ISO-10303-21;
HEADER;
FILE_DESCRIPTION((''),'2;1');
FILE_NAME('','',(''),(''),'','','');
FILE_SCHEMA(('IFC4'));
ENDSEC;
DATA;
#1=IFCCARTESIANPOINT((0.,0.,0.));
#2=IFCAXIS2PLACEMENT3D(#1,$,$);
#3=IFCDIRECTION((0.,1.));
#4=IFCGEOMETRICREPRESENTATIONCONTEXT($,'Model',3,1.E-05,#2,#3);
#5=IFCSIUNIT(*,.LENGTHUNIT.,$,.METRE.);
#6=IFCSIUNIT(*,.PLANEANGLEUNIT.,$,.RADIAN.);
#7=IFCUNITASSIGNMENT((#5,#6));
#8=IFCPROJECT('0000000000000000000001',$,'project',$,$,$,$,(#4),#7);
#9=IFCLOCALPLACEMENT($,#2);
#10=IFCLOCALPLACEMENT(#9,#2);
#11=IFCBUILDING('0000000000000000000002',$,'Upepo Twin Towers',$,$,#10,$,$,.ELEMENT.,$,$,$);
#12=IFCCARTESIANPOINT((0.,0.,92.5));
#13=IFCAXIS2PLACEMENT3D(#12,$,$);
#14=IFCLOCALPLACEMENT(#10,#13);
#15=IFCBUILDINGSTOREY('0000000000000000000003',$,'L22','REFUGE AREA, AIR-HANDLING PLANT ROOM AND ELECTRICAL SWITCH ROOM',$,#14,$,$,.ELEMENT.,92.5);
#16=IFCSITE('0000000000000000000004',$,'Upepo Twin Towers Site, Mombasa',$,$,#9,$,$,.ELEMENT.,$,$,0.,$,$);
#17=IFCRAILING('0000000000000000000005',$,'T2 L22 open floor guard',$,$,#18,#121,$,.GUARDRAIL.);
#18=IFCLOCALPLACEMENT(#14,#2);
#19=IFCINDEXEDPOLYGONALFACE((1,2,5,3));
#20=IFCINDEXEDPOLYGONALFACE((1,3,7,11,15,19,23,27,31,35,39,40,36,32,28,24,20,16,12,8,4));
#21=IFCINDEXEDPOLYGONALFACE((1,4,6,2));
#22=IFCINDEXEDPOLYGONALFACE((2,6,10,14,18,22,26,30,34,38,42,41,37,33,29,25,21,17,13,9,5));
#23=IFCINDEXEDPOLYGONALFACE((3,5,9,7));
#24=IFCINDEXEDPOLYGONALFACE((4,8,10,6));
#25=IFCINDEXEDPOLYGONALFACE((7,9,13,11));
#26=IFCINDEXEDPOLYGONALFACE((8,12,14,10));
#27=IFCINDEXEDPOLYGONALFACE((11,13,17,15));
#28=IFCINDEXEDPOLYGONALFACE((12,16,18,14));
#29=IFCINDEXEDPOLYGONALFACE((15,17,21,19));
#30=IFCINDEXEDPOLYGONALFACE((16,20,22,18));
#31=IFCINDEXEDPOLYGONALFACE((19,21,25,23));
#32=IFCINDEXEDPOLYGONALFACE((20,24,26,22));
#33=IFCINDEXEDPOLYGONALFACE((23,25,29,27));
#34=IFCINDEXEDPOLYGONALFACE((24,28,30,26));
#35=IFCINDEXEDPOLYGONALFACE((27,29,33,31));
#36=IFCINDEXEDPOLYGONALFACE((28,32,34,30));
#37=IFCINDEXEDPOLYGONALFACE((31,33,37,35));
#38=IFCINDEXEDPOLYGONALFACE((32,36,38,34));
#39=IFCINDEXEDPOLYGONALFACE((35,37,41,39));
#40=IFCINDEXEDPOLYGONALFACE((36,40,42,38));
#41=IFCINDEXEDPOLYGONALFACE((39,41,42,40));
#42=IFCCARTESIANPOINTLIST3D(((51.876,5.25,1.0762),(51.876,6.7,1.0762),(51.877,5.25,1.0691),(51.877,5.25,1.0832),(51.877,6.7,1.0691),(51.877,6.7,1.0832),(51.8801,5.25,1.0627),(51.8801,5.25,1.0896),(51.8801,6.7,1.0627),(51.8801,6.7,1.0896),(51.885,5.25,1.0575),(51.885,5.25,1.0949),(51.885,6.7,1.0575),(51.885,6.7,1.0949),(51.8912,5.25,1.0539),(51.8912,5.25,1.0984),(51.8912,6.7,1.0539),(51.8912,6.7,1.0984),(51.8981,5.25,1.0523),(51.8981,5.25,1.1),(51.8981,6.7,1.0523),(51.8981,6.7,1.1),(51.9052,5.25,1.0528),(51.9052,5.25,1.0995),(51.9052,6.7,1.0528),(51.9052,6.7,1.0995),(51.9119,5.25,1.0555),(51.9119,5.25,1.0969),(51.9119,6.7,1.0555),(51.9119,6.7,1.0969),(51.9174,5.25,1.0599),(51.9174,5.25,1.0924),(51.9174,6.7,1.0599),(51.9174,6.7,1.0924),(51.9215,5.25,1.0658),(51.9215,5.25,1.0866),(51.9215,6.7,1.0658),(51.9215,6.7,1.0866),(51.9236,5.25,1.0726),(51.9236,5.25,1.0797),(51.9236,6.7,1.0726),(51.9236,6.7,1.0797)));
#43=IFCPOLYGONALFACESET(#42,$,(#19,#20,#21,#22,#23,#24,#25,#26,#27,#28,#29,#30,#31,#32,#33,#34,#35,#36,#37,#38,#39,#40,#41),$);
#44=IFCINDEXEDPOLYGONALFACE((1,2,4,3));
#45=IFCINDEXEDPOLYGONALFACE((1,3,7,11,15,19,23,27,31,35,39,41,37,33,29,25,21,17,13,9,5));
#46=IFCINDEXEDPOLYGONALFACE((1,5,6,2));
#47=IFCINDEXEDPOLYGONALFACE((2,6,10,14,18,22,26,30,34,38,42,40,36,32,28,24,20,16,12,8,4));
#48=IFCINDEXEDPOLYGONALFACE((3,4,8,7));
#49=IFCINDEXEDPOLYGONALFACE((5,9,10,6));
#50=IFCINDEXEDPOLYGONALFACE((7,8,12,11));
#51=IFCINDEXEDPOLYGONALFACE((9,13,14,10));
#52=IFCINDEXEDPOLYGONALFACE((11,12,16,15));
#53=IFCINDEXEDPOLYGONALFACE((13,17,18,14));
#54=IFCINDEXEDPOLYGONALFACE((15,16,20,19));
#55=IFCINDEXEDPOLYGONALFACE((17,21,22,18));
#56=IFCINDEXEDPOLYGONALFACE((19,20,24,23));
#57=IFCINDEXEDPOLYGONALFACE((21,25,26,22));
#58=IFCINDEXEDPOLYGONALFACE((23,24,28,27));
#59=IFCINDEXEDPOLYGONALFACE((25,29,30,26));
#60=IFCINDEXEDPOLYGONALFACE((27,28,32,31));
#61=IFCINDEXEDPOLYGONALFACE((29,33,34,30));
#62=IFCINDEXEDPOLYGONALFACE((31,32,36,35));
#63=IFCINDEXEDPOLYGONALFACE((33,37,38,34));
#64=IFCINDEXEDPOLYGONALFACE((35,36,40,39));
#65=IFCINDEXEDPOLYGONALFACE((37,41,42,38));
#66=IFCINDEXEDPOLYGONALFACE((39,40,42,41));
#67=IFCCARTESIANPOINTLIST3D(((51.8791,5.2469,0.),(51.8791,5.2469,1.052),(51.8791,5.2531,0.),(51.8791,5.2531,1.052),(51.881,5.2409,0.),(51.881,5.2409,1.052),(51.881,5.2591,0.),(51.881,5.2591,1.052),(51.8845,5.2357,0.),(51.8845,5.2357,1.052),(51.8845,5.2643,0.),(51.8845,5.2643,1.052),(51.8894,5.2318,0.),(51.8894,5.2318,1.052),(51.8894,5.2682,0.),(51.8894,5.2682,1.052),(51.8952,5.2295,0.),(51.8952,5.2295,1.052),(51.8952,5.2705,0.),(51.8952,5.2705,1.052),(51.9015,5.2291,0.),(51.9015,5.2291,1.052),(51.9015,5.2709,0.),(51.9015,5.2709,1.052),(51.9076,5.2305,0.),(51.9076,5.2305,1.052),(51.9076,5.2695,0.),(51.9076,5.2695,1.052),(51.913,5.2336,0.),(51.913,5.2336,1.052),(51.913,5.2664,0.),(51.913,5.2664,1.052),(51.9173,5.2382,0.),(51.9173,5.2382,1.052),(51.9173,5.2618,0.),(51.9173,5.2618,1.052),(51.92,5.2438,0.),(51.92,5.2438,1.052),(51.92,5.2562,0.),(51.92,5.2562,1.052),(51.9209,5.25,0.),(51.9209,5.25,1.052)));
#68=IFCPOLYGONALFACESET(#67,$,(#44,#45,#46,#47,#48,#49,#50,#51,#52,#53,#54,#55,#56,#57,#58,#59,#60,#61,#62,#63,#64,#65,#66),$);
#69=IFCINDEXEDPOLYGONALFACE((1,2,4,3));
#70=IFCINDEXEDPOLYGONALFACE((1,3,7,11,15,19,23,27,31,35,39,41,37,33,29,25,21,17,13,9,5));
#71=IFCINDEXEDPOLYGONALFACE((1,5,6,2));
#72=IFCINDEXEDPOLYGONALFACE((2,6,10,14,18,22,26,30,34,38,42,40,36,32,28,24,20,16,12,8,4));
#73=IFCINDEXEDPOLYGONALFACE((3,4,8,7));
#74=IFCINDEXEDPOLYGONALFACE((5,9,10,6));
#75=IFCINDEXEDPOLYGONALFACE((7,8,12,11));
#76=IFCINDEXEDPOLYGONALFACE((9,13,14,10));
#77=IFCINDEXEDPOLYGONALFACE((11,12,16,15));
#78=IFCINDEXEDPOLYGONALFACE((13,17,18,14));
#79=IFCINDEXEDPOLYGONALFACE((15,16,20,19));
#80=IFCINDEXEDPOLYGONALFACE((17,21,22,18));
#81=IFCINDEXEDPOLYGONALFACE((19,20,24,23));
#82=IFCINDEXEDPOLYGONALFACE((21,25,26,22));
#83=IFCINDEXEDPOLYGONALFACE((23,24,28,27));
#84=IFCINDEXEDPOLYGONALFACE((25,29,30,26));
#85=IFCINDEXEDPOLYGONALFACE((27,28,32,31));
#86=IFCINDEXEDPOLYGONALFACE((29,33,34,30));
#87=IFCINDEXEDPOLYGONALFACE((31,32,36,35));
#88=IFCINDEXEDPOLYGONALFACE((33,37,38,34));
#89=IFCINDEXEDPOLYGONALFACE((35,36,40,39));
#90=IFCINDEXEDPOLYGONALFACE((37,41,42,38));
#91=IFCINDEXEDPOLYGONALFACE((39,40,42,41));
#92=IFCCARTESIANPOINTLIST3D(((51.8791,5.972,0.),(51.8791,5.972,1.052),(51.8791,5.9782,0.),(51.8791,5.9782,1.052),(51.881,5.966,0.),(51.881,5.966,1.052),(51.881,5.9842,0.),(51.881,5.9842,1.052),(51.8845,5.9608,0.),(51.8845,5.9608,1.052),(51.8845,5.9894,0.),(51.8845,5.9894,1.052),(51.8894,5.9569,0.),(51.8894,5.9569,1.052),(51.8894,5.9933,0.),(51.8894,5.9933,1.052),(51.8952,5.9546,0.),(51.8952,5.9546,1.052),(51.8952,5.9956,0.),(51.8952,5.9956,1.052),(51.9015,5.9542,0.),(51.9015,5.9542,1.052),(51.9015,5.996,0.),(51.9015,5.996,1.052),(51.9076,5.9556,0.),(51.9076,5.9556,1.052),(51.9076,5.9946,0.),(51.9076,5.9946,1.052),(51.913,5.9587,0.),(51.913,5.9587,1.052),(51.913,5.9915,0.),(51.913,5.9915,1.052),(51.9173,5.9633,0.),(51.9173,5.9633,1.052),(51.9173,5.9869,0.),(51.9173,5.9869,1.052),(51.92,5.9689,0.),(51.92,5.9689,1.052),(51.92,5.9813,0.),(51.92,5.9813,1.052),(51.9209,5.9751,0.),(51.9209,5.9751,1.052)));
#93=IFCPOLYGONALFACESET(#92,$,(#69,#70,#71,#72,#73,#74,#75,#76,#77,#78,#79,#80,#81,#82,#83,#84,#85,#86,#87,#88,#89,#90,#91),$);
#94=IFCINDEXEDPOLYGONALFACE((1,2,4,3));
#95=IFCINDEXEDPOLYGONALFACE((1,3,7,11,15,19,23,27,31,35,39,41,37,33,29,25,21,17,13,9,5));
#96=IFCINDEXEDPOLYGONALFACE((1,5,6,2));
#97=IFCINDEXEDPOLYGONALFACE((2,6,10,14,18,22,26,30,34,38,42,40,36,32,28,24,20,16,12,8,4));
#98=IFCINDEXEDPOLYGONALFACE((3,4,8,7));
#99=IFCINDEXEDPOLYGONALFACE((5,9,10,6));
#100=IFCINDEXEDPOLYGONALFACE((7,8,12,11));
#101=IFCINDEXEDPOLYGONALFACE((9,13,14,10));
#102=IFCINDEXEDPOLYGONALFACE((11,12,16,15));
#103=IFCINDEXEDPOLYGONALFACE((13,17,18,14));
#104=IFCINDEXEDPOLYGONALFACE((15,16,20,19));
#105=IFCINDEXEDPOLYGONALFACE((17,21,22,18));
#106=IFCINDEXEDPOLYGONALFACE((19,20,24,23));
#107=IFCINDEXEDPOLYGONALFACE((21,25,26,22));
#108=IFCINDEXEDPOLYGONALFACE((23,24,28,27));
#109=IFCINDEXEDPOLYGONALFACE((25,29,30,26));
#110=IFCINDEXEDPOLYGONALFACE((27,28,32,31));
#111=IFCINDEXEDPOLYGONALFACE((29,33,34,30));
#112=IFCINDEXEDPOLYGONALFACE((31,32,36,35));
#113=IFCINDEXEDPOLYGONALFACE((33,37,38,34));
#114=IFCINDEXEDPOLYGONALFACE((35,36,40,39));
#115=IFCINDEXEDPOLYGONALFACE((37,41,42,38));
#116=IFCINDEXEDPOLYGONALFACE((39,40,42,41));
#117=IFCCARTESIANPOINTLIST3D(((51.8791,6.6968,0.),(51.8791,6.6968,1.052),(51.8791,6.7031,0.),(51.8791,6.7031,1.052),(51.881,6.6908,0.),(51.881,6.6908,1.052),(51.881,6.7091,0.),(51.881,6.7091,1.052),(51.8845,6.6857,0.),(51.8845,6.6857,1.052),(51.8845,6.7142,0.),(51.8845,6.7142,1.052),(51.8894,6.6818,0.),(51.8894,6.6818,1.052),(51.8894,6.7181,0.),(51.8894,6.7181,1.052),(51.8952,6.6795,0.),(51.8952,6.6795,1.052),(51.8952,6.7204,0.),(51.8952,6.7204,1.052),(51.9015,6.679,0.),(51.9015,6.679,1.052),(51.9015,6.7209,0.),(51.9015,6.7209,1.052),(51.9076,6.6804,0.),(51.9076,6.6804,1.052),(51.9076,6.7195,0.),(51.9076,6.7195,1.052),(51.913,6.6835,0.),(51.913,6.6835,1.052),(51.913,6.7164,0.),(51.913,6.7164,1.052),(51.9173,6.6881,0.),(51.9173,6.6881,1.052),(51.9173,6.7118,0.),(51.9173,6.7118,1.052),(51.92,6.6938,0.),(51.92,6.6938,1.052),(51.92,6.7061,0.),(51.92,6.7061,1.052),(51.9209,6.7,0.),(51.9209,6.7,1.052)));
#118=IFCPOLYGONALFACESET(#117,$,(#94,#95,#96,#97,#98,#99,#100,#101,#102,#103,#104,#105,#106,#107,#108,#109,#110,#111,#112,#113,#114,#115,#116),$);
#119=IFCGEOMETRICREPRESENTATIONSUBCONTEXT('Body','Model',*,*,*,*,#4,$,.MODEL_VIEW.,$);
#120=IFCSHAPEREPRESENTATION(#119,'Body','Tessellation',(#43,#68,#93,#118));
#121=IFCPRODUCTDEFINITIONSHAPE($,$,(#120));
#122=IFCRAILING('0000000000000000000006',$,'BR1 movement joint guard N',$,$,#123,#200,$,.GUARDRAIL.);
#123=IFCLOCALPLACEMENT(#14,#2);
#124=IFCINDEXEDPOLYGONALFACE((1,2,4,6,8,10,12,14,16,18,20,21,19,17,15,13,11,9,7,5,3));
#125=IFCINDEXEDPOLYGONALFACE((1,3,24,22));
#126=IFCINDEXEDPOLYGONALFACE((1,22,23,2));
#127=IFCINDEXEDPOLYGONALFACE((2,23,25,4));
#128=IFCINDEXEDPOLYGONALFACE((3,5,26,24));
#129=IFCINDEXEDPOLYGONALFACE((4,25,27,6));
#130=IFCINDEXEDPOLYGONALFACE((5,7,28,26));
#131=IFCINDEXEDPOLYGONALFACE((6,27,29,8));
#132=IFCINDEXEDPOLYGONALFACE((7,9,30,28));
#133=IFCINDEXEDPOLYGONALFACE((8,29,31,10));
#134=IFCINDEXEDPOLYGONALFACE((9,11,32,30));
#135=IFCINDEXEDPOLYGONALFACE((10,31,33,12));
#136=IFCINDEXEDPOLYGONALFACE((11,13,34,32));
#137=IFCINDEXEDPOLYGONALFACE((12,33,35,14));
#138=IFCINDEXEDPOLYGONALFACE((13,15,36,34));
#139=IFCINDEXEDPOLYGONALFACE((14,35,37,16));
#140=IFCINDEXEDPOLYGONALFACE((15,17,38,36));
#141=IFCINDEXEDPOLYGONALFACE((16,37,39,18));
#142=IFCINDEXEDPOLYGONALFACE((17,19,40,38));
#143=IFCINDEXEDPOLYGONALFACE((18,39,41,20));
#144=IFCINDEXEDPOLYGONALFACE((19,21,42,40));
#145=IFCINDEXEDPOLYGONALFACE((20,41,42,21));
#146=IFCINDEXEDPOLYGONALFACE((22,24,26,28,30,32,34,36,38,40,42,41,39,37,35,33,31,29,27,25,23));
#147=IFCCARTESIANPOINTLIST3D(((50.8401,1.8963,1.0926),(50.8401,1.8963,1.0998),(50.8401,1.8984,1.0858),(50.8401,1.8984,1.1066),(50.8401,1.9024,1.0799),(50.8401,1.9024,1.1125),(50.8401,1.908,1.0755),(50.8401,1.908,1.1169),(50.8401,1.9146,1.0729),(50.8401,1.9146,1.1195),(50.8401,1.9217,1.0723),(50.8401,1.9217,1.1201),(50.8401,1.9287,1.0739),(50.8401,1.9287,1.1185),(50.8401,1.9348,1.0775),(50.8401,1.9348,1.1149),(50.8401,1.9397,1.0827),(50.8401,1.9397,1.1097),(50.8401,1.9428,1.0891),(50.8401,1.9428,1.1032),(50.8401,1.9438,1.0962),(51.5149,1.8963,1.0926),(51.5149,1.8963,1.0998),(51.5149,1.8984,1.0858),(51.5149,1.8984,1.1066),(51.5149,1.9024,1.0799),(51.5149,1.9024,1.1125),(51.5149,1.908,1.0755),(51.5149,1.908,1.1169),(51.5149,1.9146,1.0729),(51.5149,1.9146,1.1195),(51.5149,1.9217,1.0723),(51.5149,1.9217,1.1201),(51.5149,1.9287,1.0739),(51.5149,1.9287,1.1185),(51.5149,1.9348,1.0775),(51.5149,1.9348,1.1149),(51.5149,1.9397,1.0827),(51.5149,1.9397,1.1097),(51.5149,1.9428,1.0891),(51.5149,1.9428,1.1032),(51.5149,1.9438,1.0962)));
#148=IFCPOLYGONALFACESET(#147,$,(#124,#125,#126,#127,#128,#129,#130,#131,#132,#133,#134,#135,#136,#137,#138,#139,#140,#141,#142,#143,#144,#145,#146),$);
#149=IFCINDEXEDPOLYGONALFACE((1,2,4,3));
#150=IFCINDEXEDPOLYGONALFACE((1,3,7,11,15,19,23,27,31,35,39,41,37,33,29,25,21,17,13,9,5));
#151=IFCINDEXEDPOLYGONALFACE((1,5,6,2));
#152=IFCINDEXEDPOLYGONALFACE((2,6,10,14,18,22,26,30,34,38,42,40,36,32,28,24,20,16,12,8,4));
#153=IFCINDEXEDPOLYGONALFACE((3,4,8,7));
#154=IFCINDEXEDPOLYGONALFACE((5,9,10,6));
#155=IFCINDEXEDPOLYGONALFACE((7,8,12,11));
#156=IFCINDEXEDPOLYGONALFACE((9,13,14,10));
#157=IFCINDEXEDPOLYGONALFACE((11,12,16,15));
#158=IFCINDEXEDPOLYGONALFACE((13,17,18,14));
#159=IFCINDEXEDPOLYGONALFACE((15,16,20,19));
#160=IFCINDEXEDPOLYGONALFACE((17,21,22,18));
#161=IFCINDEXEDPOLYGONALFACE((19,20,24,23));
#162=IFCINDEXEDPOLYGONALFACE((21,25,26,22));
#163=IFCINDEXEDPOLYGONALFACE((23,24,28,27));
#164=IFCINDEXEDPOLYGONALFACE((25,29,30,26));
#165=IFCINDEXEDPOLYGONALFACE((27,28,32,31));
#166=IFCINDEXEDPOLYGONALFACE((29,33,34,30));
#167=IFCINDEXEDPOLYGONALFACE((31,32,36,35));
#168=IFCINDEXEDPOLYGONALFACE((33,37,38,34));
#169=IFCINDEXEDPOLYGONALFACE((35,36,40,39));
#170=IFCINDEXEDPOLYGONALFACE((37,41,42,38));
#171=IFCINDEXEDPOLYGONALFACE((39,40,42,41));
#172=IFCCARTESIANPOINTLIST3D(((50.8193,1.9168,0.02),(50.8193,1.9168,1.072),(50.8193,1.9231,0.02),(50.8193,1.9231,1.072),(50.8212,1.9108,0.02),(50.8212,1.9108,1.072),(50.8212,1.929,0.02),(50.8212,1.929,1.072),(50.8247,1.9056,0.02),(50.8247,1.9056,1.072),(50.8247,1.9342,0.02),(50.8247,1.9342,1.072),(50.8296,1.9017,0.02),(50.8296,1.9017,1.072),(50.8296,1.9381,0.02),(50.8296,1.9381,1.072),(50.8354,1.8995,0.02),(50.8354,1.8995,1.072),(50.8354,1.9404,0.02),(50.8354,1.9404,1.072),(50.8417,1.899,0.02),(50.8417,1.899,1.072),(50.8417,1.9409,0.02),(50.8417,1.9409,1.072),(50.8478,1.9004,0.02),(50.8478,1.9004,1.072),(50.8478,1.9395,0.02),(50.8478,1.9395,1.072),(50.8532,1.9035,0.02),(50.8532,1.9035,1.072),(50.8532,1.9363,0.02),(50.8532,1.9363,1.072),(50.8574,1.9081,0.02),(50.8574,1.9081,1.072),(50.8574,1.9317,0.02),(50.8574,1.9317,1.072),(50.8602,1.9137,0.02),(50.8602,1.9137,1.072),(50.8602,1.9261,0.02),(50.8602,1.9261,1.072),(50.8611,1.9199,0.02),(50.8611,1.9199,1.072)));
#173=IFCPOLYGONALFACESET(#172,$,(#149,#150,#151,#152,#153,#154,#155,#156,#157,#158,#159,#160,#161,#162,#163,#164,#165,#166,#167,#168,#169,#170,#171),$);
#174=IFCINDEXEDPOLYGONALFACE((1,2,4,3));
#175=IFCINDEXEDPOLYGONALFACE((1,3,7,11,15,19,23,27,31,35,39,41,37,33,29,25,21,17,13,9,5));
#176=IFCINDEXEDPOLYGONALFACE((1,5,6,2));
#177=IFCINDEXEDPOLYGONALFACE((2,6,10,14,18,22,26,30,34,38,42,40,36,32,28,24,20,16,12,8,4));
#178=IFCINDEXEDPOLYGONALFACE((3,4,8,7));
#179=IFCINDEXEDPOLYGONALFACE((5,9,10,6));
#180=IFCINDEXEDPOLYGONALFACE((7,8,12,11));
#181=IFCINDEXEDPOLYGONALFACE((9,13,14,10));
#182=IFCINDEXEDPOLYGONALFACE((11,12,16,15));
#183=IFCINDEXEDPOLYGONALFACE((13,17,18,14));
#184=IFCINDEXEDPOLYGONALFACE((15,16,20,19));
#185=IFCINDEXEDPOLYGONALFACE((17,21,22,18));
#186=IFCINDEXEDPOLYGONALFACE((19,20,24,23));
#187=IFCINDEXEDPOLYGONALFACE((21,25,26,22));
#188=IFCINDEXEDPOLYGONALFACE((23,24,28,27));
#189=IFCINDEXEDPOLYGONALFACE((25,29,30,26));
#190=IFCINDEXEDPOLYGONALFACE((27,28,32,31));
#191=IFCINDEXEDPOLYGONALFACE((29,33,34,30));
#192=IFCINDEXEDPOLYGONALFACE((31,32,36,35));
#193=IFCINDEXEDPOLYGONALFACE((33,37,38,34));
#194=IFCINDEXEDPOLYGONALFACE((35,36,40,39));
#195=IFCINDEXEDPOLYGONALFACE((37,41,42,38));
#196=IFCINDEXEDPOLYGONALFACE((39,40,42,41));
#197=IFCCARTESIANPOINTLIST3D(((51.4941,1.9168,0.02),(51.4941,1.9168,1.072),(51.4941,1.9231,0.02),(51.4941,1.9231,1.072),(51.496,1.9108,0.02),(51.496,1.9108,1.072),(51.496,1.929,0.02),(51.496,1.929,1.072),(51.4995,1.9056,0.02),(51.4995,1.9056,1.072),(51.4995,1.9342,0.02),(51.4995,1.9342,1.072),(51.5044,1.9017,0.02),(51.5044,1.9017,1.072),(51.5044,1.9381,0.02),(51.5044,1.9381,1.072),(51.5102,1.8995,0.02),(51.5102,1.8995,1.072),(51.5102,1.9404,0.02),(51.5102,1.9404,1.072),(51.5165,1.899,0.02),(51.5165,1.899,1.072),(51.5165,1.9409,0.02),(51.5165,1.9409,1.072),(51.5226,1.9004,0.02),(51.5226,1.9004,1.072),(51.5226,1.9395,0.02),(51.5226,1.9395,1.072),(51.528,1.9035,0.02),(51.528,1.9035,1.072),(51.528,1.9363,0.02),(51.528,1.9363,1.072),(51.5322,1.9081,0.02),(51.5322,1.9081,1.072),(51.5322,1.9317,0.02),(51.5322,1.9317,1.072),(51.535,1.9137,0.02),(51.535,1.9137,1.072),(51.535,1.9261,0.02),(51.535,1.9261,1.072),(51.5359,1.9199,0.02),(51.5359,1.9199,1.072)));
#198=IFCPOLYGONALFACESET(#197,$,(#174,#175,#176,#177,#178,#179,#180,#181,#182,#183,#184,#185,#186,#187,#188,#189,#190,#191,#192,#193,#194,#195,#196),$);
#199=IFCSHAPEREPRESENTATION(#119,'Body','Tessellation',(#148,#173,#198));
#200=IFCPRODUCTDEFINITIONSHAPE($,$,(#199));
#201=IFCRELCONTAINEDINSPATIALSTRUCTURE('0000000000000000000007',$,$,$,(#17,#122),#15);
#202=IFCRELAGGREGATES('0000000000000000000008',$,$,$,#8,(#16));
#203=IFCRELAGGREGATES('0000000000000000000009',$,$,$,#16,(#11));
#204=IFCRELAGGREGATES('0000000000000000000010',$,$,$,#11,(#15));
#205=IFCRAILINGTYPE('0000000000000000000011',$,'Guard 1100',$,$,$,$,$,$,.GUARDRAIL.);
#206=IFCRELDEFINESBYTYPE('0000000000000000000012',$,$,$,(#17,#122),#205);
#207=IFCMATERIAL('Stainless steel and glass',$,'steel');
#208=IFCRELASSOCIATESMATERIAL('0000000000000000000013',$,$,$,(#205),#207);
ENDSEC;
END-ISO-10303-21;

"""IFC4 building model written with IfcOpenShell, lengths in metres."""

from ifc_helpers import new_model, si_unit, direction, frame, origin, origin_2d, place, context, subcontext, project, spatial, circle, extrude, material, type_object, element, save


model = new_model("IFC4")

# Units and contexts
model_context = context("Model", 3, precision=1e-05, world=origin(), true_north=direction((0.0, 1.0)))
body_context = subcontext(model_context, "Body", "Model", "MODEL_VIEW")
ifc_project = project(units=[si_unit("LENGTHUNIT", "METRE"), si_unit("PLANEANGLEUNIT", "RADIAN")], contexts=[model_context])

# Site, building, storey
site_placement = place(None, origin())
site = spatial("IfcSite", under=ifc_project, at=site_placement, Name="Upepo Twin Towers Site, Mombasa", CompositionType="ELEMENT", RefElevation=0.0)
building_placement = place(site_placement, origin())
building = spatial("IfcBuilding", under=site, at=building_placement, Name="Upepo Twin Towers", CompositionType="ELEMENT")
storey_placement = place(building_placement, frame((0.0, 0.0, 92.5)))
storey = spatial("IfcBuildingStorey", under=building, at=storey_placement, Name="L22", Description="REFUGE AREA, AIR-HANDLING PLANT ROOM AND ELECTRICAL SWITCH ROOM", CompositionType="ELEMENT", Elevation=92.5)

# Railings
ifc_material_1 = material(Name="Stainless steel and glass", Category="steel")
railing_type = type_object("IfcRailingType", Name="Guard 1100", PredefinedType="GUARDRAIL", material=ifc_material_1)
railing_1_placement = place(storey_placement, frame((51.8999, 5.25, 0.0)))
element("IfcRailing", 1, at=railing_1_placement, inside=storey, type_object=railing_type, Name="T2 L22 open floor guard", PredefinedType="GUARDRAIL", context=body_context, shape_type="SweptSolid", body=[
    extrude(circle(Radius=0.0239, at=origin_2d()), frame((0.0, 0.0, 1.0762), z_axis=(0.0, 1.0, 0.0), x_axis=(-1.0, 0.0, 0.0)), (0.0, 0.0, 1.0), 1.45),
    extrude(circle(Radius=0.021, at=origin_2d()), origin(), (0.0, 0.0, 1.0), 1.052),
    extrude(circle(Radius=0.021, at=origin_2d()), frame((0.0, 0.7251, 0.0)), (0.0, 0.0, 1.0), 1.052),
    extrude(circle(Radius=0.021, at=origin_2d()), frame((0.0, 1.45, 0.0)), (0.0, 0.0, 1.0), 1.052),
])
for number, where, name in (
    (2, (50.8401, 1.9199, 0.02), "BR1 movement joint guard N"),
):
    element("IfcRailing", number, at=place(storey_placement, frame(where)), inside=storey, type_object=railing_type, Name=name, PredefinedType="GUARDRAIL", context=body_context, shape_type="SweptSolid", body=[
        extrude(circle(Radius=0.0239, at=origin_2d()), frame((0.0, 0.0, 1.0762), z_axis=(1.0, 0.0, 0.0), x_axis=(0.0, 1.0, 0.0)), (0.0, 0.0, 1.0), 0.6748),
        extrude(circle(Radius=0.021, at=origin_2d()), origin(), (0.0, 0.0, 1.0), 1.052),
        extrude(circle(Radius=0.021, at=origin_2d()), frame((0.6748, 0.0, 0.0)), (0.0, 0.0, 1.0), 1.052),
    ])

save(model, "model.ifc")
